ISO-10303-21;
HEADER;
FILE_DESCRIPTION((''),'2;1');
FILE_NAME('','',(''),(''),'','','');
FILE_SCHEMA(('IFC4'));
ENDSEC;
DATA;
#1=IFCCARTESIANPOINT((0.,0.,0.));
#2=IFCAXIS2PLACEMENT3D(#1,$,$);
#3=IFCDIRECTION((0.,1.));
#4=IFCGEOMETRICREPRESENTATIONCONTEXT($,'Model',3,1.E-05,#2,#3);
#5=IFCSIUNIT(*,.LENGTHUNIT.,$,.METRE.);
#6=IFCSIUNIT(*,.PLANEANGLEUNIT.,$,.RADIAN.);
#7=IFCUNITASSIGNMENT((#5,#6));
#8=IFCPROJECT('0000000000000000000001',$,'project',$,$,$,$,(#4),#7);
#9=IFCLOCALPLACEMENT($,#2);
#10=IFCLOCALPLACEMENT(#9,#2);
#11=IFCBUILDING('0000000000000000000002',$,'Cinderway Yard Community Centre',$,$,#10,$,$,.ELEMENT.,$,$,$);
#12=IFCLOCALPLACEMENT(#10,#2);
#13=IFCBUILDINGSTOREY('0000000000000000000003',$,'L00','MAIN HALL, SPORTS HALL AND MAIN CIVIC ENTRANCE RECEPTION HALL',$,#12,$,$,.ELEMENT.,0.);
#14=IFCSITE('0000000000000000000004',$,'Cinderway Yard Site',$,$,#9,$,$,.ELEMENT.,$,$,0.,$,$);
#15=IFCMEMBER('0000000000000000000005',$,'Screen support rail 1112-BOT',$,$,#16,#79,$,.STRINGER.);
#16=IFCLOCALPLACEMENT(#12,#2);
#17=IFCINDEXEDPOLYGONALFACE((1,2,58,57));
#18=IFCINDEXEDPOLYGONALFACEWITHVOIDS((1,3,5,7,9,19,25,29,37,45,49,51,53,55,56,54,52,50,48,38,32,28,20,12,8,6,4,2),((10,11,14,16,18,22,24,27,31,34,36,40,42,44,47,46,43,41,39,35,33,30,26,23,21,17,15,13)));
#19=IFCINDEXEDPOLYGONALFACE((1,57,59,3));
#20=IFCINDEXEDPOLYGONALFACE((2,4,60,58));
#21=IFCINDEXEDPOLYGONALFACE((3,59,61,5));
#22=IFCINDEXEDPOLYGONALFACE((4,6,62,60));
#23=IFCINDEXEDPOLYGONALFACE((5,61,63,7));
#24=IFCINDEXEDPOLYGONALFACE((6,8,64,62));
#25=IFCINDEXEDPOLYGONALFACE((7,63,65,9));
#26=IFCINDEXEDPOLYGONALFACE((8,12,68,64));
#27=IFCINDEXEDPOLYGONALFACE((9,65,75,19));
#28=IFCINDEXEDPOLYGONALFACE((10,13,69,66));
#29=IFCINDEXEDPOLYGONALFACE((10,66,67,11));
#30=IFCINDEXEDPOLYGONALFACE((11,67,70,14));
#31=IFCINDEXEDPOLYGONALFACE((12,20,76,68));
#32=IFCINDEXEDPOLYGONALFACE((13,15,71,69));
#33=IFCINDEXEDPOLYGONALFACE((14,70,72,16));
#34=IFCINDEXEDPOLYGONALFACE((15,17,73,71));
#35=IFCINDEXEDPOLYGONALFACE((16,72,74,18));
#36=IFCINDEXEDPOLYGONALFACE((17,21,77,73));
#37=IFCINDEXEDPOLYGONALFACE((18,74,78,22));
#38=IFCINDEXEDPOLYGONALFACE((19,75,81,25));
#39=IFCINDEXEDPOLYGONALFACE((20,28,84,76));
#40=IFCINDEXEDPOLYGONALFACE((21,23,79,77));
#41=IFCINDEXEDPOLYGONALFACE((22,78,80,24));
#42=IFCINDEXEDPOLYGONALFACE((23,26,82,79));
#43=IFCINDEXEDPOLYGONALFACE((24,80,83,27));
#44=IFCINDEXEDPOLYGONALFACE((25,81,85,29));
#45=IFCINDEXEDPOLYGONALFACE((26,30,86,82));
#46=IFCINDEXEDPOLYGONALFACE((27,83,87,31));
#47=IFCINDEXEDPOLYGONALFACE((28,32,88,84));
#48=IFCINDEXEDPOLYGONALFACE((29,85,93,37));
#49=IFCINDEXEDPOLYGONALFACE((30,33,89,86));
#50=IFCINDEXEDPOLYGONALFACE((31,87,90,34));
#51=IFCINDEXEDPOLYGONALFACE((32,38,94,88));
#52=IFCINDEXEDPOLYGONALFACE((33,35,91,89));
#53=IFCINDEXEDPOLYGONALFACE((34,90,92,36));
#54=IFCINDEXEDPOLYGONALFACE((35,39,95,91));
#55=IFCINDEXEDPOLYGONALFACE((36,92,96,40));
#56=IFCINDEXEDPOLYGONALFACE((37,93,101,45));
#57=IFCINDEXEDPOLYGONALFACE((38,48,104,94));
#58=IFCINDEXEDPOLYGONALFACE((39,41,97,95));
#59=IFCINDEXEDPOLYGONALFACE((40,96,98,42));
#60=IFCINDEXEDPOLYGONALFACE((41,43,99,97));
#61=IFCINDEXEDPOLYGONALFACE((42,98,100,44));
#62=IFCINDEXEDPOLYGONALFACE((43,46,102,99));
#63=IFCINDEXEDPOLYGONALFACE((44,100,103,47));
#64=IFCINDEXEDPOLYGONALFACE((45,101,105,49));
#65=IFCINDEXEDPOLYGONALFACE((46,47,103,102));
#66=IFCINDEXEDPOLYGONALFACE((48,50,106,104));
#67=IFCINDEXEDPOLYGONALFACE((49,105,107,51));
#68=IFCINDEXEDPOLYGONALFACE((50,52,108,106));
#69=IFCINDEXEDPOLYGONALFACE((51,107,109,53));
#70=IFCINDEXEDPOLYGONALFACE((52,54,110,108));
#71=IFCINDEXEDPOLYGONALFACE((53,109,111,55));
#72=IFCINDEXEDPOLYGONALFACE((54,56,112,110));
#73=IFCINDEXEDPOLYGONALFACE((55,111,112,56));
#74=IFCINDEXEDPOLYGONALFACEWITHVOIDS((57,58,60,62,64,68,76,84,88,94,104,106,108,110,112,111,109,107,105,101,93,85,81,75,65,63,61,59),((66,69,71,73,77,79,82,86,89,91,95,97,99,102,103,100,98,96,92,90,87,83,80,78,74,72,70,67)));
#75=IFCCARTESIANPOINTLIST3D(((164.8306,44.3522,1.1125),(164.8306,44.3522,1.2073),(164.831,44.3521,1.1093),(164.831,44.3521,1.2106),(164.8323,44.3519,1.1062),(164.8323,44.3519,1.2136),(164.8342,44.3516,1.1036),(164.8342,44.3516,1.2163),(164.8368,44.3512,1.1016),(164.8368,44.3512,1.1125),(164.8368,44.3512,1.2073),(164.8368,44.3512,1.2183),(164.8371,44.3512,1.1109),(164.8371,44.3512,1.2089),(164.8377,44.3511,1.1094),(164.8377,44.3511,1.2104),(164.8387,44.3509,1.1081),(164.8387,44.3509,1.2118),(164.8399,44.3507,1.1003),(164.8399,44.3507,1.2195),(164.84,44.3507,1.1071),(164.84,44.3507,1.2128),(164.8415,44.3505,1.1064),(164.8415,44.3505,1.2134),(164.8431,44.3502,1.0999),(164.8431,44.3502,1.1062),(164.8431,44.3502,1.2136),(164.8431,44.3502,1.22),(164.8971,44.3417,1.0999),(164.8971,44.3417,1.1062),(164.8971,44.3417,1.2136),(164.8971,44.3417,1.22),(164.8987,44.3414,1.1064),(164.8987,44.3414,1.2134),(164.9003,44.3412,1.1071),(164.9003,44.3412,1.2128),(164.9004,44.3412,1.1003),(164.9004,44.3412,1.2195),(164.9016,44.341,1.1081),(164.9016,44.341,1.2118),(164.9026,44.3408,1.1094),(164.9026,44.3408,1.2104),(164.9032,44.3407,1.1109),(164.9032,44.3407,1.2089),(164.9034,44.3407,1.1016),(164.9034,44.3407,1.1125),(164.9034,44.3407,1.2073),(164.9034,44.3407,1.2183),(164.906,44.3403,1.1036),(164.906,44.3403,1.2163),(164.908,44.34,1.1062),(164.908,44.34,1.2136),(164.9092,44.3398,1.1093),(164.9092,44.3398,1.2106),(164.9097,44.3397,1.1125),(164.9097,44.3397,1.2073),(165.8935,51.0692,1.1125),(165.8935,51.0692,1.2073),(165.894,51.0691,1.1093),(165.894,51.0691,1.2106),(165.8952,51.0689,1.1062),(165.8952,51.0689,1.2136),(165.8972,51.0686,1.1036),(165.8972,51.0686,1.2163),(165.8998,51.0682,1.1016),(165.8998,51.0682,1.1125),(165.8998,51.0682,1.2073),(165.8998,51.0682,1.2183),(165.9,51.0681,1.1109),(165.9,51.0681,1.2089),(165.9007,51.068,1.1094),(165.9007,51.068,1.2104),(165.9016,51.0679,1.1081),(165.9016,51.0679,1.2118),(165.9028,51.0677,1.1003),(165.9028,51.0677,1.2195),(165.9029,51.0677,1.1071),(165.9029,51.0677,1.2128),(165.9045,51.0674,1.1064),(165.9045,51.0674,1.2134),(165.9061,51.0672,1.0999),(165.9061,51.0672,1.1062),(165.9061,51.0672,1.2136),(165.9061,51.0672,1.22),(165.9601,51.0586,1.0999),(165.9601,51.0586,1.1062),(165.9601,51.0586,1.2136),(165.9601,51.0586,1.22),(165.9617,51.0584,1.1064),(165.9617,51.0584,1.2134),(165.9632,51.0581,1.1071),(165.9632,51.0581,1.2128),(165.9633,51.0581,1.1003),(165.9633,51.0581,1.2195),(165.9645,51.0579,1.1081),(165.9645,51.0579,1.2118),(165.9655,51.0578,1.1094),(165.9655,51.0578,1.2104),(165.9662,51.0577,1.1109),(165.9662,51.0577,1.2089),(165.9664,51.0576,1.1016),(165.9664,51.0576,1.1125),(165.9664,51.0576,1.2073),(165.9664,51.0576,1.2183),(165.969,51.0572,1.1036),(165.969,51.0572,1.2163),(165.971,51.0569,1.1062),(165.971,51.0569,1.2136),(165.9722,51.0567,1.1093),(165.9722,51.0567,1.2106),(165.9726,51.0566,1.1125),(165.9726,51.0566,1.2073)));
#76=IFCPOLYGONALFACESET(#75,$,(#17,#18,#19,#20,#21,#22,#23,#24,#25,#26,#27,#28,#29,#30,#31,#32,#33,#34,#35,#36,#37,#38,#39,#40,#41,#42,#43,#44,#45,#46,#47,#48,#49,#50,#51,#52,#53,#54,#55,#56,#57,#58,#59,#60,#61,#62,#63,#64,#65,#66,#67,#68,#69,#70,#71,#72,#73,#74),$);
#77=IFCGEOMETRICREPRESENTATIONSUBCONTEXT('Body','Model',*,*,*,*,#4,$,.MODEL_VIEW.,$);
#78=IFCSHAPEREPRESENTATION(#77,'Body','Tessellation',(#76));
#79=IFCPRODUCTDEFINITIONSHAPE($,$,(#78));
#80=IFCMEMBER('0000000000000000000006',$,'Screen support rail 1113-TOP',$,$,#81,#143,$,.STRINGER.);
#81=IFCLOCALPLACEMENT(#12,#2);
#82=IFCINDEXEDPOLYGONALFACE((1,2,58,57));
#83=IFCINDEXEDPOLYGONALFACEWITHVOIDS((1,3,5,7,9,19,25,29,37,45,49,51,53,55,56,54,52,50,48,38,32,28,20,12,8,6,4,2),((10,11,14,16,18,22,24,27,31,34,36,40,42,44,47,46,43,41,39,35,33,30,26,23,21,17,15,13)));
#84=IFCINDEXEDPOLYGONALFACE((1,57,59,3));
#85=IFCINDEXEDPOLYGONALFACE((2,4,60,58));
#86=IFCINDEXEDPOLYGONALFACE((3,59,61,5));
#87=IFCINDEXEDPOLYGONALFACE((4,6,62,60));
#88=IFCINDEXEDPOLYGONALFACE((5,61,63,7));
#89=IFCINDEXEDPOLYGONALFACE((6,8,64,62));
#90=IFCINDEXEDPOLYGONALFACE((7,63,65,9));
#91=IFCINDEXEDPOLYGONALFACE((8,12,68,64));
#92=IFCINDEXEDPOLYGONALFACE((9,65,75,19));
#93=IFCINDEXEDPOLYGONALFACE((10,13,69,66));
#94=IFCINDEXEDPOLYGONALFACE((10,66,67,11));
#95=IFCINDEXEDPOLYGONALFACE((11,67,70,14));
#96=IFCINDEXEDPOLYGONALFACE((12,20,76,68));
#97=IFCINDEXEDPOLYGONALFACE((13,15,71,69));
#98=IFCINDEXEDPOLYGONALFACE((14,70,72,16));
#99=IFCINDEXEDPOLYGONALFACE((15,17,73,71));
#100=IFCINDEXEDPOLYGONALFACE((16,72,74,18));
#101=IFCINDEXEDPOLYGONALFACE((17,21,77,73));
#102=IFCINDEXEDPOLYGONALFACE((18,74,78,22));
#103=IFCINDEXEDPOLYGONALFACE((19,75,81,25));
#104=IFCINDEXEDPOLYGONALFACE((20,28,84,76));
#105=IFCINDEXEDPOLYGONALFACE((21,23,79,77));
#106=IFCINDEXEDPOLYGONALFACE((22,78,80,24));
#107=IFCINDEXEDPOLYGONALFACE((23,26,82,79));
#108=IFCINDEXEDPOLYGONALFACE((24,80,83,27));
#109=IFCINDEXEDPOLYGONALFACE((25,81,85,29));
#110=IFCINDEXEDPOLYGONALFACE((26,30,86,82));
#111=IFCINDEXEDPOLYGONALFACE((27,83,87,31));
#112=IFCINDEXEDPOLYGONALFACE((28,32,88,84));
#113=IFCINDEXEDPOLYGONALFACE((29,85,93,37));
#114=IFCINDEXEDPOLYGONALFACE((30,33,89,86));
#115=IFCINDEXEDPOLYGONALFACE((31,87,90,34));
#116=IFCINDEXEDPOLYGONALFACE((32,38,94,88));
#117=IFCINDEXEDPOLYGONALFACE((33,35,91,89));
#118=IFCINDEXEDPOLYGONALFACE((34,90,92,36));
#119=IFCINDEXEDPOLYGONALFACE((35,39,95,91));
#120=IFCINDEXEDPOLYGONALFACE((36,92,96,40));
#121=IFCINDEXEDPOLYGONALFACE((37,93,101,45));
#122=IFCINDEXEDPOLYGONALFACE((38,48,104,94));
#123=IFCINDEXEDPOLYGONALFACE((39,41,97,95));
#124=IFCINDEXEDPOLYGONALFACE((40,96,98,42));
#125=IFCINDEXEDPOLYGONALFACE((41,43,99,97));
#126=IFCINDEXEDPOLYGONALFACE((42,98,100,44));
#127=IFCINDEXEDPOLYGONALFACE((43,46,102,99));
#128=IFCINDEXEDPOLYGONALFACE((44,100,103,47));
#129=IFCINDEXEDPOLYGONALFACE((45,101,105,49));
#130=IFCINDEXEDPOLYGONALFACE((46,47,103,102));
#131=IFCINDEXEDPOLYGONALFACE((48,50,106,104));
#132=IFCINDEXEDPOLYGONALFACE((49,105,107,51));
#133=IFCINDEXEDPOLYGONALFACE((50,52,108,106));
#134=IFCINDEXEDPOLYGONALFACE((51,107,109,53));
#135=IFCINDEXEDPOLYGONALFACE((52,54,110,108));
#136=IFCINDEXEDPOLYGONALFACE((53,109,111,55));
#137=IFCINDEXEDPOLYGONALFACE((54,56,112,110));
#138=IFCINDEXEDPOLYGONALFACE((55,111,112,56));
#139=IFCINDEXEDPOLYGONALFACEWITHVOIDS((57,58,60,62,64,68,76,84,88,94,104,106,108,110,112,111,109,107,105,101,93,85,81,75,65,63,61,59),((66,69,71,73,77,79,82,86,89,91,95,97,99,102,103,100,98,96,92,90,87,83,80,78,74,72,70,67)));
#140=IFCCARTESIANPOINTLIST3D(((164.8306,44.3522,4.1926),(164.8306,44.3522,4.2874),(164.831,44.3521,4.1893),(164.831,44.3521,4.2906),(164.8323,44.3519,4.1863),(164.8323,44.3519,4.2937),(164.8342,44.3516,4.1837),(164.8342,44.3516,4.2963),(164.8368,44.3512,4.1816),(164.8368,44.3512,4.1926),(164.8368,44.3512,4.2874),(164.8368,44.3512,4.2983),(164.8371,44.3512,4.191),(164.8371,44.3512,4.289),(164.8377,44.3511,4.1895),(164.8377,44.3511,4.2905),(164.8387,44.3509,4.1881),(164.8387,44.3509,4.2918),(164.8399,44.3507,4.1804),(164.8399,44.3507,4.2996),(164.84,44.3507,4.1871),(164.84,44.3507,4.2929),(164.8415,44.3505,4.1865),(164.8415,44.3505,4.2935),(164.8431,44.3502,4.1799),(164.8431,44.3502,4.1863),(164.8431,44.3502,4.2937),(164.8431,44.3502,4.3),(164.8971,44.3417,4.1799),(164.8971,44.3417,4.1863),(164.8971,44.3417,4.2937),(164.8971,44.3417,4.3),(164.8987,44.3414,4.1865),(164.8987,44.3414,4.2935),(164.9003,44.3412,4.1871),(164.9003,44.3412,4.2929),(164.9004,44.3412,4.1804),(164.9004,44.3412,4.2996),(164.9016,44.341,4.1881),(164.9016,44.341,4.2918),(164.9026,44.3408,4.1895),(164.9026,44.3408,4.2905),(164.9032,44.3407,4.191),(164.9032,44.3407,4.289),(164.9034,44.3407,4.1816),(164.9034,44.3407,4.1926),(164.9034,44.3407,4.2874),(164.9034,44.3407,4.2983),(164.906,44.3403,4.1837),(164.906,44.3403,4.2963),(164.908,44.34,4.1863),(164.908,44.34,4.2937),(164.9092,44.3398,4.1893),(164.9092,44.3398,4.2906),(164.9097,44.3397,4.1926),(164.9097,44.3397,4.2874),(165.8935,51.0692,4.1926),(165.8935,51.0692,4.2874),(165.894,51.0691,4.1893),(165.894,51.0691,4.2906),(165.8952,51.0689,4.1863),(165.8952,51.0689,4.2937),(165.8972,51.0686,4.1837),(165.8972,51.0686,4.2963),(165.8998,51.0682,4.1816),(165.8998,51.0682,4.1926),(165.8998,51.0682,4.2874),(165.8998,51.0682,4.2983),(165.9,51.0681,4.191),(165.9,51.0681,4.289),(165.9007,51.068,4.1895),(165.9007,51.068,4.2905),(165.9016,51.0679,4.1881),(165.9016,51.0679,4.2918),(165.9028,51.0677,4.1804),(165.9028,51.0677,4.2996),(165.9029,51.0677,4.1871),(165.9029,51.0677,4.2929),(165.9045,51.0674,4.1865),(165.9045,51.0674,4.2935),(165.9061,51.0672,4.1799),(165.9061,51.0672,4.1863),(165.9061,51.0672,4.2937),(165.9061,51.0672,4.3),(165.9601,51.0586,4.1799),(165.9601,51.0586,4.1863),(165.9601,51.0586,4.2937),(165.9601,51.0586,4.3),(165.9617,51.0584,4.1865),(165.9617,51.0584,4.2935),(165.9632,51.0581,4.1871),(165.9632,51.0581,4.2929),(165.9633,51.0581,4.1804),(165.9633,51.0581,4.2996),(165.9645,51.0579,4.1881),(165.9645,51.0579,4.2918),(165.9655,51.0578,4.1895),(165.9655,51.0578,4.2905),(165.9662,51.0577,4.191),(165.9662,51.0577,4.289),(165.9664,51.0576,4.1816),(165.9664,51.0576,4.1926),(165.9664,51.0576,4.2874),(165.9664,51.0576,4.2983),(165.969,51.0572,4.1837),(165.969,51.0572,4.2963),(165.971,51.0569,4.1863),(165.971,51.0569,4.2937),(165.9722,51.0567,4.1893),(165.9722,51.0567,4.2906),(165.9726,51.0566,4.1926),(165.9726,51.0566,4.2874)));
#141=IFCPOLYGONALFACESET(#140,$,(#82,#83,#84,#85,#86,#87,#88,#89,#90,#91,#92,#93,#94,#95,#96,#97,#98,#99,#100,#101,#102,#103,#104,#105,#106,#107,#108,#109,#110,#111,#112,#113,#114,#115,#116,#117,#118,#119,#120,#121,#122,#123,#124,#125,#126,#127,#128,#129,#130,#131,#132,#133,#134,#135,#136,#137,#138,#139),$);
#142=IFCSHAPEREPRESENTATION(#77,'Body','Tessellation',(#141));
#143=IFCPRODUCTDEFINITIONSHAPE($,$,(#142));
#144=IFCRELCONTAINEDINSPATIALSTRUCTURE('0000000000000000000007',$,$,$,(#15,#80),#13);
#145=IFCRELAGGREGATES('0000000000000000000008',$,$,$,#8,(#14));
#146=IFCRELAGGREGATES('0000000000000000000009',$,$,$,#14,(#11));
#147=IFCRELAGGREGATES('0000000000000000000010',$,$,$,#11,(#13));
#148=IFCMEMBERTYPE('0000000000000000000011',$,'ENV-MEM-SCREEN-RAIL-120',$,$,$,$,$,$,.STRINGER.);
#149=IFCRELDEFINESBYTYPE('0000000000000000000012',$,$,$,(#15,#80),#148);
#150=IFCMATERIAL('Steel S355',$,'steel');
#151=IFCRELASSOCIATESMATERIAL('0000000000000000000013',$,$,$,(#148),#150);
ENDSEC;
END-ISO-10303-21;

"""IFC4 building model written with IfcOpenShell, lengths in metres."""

from ifc_helpers import new_model, si_unit, direction, frame, origin, origin_2d, place, context, subcontext, project, spatial, hollow_rectangle, extrude, material, material_profile, profile_set, type_object, element, save


model = new_model("IFC4")

# Units and contexts
model_context = context("Model", 3, precision=1e-05, world=origin(), true_north=direction((0.0, 1.0)))
body_context = subcontext(model_context, "Body", "Model", "MODEL_VIEW")
ifc_project = project(units=[si_unit("LENGTHUNIT", "METRE"), si_unit("PLANEANGLEUNIT", "RADIAN")], contexts=[model_context])

# Site, building, storey
site_placement = place(None, origin())
site = spatial("IfcSite", under=ifc_project, at=site_placement, Name="Cinderway Yard Site", CompositionType="ELEMENT", RefElevation=0.0)
building_placement = place(site_placement, origin())
building = spatial("IfcBuilding", under=site, at=building_placement, Name="Cinderway Yard Community Centre", CompositionType="ELEMENT")
storey_placement = place(building_placement, origin())
storey = spatial("IfcBuildingStorey", under=building, at=storey_placement, Name="L00", Description="MAIN HALL, SPORTS HALL AND MAIN CIVIC ENTRANCE RECEPTION HALL", CompositionType="ELEMENT", Elevation=0.0)

# Members
ifc_material_1 = material(Name="Steel S355", Category="steel")
ifc_material_profile_1 = material_profile(ifc_material_1, hollow_rectangle(XDim=0.0801, YDim=0.1201, WallThickness=0.0063, InnerFilletRadius=0.0063, OuterFilletRadius=0.0127, at=origin_2d()), Name="Steel S355")
ifc_profile_set_1 = profile_set([ifc_material_profile_1], Name="Steel S355")
member_type = type_object("IfcMemberType", Name="ENV-MEM-SCREEN-RAIL-120", PredefinedType="STRINGER", material=ifc_profile_set_1)
for number, where, z_axis, x_axis, name in (
    (1, (164.8701, 44.3459, 1.1599), (0.156307, 0.987708, 0.0), (-0.987708, 0.156307, 0.0), "Screen support rail 1112-BOT"),
    (2, (164.8701, 44.3459, 4.24), (0.156307, 0.987708, 0.0), (-0.987708, 0.156307, 0.0), "Screen support rail 1113-TOP"),
):
    element("IfcMember", number, at=place(storey_placement, frame(where, z_axis=z_axis, x_axis=x_axis)), inside=storey, type_object=member_type, Name=name, PredefinedType="STRINGER", context=body_context, shape_type="SweptSolid", body=[
        extrude(hollow_rectangle(XDim=0.0801, YDim=0.1201, WallThickness=0.0063, InnerFilletRadius=0.0063, OuterFilletRadius=0.0127, at=origin_2d()), origin(), (0.0, 0.0, 1.0), 6.8005),
    ])

save(model, "model.ifc")
